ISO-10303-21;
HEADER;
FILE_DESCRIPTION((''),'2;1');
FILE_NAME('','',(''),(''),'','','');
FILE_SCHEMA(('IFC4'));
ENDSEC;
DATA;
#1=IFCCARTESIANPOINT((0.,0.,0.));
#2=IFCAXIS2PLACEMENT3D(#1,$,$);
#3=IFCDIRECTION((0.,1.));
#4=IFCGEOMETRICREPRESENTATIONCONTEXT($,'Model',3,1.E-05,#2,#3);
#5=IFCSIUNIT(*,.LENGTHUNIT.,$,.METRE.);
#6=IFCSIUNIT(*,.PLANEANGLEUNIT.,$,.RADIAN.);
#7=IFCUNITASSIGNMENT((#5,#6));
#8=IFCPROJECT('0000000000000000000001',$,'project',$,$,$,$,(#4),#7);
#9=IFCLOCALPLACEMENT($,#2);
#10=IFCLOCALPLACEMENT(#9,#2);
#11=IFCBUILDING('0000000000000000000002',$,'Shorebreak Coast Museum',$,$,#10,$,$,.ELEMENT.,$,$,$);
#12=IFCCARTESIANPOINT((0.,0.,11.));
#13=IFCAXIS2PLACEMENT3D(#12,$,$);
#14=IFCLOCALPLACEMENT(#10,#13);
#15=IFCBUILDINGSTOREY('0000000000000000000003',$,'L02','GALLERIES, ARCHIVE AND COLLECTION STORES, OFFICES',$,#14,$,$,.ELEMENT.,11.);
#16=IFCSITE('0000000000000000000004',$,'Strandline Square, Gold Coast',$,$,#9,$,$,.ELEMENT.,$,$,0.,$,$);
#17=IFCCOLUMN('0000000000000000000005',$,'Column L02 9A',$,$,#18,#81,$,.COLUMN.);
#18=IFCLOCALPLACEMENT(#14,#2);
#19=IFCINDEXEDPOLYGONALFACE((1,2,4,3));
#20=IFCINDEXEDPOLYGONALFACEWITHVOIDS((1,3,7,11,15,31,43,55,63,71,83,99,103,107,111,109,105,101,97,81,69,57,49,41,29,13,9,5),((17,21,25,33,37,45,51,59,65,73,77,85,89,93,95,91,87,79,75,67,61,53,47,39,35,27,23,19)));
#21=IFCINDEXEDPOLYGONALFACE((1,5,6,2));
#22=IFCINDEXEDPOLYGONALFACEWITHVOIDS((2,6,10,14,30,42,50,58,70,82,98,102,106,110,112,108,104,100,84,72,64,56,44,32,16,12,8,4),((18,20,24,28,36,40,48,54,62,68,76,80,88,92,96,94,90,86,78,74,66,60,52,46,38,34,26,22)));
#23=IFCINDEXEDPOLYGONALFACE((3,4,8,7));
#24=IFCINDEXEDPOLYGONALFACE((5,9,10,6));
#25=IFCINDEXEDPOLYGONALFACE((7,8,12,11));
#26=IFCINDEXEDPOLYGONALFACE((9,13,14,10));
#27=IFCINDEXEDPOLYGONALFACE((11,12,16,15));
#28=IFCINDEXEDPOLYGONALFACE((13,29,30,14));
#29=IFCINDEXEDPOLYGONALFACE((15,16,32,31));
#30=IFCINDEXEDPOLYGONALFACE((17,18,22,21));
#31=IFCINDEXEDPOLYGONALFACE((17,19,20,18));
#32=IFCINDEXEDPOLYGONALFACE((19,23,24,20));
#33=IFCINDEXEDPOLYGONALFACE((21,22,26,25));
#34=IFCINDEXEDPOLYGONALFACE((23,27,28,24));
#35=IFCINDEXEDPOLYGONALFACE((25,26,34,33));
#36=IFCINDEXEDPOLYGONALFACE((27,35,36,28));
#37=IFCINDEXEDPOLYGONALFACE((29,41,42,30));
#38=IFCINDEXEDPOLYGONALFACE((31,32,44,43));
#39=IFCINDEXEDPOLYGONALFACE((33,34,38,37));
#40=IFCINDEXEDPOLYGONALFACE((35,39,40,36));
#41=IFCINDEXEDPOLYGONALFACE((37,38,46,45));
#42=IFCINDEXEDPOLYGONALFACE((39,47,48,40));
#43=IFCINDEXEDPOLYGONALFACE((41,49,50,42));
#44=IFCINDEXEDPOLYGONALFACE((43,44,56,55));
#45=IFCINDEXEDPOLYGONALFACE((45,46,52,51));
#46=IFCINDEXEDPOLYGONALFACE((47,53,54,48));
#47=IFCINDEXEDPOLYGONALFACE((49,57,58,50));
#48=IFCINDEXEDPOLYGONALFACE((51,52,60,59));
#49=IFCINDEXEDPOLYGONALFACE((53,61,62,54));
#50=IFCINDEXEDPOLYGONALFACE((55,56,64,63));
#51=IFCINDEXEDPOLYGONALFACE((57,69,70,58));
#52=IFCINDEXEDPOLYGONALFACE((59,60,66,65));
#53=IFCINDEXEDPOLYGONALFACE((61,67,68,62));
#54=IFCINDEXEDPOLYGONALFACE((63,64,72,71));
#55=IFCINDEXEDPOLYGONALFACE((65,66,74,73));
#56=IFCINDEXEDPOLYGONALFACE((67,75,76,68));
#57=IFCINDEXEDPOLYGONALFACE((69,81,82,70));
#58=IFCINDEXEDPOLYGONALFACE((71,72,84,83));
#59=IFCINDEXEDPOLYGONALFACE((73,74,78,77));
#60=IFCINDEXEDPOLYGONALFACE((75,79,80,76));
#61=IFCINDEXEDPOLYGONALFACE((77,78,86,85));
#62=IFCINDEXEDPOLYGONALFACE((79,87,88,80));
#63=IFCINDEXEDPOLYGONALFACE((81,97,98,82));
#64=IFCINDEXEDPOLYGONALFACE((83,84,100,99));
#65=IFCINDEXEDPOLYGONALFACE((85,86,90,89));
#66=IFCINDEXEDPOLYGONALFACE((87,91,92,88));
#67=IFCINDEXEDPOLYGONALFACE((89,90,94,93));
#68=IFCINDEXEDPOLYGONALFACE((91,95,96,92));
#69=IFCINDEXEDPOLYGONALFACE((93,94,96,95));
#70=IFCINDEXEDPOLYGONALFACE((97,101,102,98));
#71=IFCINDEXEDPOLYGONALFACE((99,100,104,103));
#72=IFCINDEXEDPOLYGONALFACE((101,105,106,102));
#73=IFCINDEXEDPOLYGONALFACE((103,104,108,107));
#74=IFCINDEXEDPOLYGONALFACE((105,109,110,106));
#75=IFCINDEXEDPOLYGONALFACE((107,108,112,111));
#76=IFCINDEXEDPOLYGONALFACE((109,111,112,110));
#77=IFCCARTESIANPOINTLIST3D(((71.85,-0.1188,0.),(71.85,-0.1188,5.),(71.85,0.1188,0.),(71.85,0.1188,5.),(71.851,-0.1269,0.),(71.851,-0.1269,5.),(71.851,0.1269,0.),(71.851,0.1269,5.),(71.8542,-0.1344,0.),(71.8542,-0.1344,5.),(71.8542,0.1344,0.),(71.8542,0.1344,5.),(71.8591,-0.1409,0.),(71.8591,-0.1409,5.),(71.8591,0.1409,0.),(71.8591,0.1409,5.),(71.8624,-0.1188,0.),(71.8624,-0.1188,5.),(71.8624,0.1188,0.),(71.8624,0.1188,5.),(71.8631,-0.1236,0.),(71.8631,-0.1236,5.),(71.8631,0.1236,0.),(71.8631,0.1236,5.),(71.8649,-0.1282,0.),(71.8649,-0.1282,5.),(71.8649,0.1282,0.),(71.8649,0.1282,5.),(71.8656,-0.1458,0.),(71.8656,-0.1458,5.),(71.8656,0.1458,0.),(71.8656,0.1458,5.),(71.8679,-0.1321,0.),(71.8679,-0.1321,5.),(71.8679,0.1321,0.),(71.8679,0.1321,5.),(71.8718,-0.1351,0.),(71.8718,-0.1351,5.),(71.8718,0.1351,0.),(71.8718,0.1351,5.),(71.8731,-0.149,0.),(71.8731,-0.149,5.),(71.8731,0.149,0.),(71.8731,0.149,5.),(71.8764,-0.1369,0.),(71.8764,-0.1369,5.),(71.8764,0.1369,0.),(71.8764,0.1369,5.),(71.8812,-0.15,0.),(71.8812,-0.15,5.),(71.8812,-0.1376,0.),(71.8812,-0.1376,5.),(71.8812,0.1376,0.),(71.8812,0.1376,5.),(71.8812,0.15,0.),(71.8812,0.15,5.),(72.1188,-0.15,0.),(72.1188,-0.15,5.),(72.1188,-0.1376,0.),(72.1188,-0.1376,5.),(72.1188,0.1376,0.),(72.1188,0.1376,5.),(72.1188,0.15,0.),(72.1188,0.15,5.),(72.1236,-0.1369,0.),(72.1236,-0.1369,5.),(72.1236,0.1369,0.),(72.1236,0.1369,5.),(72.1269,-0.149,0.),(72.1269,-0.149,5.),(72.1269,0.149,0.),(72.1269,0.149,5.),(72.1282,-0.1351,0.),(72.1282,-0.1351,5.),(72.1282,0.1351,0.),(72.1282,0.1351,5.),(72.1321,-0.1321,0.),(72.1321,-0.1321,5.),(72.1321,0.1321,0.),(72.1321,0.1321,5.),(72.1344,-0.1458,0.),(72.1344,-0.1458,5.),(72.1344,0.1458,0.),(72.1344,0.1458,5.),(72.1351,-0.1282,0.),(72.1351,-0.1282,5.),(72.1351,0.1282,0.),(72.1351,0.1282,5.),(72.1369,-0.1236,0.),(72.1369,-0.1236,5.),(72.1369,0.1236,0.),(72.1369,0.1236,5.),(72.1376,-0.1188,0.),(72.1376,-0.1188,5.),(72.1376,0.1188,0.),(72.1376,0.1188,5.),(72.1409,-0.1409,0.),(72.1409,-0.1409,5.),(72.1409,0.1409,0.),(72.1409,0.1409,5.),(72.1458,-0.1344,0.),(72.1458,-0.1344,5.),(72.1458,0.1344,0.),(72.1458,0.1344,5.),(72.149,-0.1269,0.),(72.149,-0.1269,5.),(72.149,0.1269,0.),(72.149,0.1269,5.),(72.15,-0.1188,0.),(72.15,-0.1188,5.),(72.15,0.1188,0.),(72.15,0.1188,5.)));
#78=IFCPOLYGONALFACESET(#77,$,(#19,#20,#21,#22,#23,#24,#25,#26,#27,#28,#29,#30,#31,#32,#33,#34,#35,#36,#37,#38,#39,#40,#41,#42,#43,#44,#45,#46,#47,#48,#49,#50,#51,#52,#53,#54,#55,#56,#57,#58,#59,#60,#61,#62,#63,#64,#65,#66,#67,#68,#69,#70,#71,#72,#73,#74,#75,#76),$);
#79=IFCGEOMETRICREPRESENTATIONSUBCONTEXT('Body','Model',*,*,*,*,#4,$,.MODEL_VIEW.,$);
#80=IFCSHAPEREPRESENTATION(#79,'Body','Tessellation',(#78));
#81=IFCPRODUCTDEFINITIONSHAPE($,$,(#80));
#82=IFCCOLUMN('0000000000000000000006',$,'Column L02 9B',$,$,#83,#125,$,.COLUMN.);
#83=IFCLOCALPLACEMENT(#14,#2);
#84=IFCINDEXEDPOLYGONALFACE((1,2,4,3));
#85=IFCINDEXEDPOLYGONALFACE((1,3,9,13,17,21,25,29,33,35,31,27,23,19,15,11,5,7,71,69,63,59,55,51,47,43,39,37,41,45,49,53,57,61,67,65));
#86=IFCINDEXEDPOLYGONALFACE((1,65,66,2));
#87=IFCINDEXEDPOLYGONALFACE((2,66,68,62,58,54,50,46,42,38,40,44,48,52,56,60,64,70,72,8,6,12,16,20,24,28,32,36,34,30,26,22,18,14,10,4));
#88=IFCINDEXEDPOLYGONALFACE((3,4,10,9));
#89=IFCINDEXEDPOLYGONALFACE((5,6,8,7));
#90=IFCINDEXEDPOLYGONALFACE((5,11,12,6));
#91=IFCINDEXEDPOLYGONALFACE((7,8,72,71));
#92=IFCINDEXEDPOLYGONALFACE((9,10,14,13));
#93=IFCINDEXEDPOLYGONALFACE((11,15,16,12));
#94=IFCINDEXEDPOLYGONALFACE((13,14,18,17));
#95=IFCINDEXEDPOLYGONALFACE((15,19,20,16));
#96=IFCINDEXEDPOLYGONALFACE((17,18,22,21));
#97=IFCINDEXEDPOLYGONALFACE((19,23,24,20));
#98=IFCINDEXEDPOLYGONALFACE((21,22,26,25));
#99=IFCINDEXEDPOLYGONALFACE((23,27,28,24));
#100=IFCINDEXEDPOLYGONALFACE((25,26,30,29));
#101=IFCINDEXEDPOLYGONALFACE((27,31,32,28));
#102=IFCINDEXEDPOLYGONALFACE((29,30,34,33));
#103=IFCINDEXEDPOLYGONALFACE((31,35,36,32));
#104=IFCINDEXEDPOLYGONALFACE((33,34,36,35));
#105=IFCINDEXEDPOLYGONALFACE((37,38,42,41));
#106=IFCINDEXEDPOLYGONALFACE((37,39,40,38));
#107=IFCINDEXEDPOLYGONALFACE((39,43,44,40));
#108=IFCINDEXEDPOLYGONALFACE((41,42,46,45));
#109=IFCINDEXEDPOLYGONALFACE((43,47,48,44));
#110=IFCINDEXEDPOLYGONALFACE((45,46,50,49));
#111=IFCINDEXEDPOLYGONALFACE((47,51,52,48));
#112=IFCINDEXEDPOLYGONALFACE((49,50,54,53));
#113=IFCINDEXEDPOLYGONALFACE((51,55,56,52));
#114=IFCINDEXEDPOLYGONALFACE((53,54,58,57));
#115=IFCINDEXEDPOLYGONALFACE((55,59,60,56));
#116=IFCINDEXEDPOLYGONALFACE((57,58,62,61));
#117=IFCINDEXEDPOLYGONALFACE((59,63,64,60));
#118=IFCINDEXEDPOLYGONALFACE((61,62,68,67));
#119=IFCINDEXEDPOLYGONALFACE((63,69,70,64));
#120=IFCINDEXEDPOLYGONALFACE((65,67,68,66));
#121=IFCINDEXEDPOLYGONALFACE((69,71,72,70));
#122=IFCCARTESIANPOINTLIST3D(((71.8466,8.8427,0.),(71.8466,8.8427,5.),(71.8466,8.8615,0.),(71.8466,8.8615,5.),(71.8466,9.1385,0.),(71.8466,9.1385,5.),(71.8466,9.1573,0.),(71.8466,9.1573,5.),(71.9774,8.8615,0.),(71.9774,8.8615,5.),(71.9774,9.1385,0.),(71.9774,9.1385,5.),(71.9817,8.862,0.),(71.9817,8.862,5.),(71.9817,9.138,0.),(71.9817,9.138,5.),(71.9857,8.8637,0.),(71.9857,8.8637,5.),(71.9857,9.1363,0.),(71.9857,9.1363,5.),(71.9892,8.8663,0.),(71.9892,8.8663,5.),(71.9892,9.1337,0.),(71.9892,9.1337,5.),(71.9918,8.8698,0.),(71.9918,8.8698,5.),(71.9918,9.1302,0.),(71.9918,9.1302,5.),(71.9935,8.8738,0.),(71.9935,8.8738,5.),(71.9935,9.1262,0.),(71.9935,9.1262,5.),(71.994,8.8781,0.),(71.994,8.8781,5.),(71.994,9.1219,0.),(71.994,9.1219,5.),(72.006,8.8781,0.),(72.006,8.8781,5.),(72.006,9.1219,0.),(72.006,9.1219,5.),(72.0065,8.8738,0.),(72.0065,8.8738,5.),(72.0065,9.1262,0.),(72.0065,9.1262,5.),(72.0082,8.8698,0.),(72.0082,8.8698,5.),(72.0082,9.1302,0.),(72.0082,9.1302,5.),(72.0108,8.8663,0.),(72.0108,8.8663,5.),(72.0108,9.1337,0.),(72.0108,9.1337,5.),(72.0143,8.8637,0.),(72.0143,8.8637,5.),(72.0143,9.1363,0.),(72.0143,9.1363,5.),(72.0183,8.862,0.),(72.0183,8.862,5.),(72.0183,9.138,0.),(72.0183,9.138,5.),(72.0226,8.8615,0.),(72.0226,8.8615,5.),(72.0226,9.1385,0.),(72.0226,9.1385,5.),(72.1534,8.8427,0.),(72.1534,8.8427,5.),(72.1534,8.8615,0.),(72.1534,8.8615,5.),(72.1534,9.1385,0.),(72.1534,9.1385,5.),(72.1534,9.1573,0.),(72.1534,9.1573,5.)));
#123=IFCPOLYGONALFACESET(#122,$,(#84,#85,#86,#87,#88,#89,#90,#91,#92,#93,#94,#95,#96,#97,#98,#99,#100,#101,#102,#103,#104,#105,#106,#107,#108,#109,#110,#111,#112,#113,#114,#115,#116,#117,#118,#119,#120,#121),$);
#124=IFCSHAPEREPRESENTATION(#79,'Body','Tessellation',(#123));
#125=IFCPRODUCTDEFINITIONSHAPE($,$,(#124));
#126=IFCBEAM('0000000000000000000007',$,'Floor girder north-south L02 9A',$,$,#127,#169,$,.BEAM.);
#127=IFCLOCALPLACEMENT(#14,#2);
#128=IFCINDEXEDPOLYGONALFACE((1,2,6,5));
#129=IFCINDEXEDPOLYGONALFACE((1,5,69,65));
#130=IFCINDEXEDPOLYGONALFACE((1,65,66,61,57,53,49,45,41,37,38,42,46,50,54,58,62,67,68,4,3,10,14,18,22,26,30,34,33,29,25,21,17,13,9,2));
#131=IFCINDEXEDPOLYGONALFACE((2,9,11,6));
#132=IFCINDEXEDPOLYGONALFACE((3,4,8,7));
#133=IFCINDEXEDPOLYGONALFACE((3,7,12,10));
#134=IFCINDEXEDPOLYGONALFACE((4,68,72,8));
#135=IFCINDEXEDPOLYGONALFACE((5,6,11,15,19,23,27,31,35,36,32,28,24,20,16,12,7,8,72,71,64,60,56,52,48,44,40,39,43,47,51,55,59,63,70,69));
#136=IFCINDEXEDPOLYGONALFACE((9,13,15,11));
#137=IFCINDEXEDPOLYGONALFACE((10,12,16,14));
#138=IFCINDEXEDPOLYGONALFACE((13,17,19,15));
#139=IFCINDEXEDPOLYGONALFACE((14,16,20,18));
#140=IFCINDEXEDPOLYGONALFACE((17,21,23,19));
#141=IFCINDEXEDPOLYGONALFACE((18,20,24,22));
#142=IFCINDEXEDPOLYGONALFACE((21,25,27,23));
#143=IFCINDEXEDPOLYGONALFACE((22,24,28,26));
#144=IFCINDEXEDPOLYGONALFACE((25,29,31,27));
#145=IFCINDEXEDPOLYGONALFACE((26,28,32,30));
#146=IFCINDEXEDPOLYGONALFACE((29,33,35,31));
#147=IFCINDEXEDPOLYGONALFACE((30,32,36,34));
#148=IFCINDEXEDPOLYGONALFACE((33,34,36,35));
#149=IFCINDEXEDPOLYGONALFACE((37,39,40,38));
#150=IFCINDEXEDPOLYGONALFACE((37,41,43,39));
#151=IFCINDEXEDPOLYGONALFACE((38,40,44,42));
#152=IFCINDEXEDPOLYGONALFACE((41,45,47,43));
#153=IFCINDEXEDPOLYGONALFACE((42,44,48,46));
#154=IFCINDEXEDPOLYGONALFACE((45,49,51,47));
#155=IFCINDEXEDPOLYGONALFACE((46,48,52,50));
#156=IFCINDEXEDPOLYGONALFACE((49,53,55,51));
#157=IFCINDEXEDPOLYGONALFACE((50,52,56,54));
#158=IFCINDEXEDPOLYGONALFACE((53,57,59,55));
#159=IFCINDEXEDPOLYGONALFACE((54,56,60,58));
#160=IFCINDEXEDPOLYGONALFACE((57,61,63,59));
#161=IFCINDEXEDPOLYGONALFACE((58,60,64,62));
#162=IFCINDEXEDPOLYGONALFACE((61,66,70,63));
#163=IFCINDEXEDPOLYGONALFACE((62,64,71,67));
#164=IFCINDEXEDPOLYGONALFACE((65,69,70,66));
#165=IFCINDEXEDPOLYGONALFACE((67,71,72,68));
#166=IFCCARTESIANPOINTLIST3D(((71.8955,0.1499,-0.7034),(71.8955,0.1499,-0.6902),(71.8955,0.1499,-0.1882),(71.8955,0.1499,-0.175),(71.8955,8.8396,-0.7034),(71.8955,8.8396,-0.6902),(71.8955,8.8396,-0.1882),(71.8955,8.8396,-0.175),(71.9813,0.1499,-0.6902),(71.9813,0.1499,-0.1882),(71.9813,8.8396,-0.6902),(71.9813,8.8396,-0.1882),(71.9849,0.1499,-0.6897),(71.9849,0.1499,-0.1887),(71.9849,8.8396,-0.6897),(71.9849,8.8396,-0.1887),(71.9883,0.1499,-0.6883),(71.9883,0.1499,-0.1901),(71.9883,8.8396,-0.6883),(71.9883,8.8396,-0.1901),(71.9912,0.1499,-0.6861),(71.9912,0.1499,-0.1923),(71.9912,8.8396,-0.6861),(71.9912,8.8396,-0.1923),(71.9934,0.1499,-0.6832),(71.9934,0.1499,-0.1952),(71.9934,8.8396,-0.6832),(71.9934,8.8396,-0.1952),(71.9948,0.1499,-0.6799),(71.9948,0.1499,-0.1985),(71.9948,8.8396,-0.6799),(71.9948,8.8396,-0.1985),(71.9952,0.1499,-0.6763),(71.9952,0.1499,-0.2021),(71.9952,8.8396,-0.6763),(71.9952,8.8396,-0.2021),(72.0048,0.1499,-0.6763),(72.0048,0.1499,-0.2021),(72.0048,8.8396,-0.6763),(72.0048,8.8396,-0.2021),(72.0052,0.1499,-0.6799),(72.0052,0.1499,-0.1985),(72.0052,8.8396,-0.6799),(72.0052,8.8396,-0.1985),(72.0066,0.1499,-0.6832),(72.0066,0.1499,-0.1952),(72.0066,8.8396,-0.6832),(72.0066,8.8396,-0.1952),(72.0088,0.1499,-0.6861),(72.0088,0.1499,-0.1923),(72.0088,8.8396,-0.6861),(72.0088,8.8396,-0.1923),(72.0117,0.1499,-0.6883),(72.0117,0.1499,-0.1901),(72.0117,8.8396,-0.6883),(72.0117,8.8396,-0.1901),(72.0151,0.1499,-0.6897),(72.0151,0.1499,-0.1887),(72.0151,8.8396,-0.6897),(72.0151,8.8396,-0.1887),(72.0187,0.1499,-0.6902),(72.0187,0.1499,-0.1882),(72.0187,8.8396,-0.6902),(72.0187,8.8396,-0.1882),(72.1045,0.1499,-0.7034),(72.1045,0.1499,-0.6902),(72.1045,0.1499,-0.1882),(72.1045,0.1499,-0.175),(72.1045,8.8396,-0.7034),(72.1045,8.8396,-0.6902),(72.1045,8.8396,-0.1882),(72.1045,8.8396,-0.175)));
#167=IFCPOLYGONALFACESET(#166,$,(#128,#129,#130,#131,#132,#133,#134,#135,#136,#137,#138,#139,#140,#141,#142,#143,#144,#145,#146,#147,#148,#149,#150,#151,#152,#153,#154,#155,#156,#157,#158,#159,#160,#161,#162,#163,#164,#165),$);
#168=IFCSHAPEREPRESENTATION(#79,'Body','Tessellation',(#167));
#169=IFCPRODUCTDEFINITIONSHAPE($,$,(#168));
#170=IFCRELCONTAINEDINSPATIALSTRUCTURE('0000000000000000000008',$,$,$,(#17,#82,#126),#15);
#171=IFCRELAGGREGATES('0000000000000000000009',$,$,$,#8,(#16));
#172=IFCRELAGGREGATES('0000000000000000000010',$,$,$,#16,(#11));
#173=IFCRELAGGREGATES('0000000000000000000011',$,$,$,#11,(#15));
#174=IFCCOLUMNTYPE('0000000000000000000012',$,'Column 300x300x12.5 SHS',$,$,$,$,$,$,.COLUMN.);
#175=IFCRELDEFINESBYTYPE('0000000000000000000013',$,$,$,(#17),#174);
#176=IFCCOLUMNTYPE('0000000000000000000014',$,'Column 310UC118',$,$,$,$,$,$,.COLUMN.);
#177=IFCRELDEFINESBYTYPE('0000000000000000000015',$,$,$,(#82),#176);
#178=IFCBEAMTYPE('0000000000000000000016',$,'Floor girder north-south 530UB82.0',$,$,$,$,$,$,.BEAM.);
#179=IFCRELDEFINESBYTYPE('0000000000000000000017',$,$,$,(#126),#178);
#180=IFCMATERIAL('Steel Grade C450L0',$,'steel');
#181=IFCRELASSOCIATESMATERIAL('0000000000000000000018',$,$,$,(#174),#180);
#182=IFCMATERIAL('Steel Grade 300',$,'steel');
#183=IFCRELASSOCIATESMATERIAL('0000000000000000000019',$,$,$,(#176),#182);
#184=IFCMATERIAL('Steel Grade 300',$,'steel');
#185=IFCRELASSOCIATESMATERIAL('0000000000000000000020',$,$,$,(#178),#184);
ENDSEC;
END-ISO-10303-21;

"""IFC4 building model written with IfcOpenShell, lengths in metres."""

from ifc_helpers import new_model, si_unit, direction, frame, origin, origin_2d, place, context, subcontext, project, spatial, hollow_rectangle, i_section, extrude, material, material_profile, profile_set, type_object, element, save


model = new_model("IFC4")

# Units and contexts
model_context = context("Model", 3, precision=1e-05, world=origin(), true_north=direction((0.0, 1.0)))
body_context = subcontext(model_context, "Body", "Model", "MODEL_VIEW")
ifc_project = project(units=[si_unit("LENGTHUNIT", "METRE"), si_unit("PLANEANGLEUNIT", "RADIAN")], contexts=[model_context])

# Site, building, storey
site_placement = place(None, origin())
site = spatial("IfcSite", under=ifc_project, at=site_placement, Name="Strandline Square, Gold Coast", CompositionType="ELEMENT", RefElevation=0.0)
building_placement = place(site_placement, origin())
building = spatial("IfcBuilding", under=site, at=building_placement, Name="Shorebreak Coast Museum", CompositionType="ELEMENT")
storey_placement = place(building_placement, frame((0.0, 0.0, 11.0)))
storey = spatial("IfcBuildingStorey", under=building, at=storey_placement, Name="L02", Description="GALLERIES, ARCHIVE AND COLLECTION STORES, OFFICES", CompositionType="ELEMENT", Elevation=11.0)

# Columns
ifc_material_1 = material(Name="Steel Grade C450L0", Category="steel")
ifc_material_profile_1 = material_profile(ifc_material_1, hollow_rectangle(XDim=0.3, YDim=0.3, WallThickness=0.0125, InnerFilletRadius=0.0188, OuterFilletRadius=0.0312, at=origin_2d()), Name="300x300x12.5 SHS")
ifc_profile_set_1 = profile_set([ifc_material_profile_1], Name="Steel Grade C450L0")
column_type_1 = type_object("IfcColumnType", Name="Column 300x300x12.5 SHS", PredefinedType="COLUMN", material=ifc_profile_set_1)
column_1_placement = place(storey_placement, frame((72.0, 0.0, 0.0), z_axis=(0.0, 0.0, 1.0), x_axis=(1.0, 0.0, 0.0)))
element("IfcColumn", 1, at=column_1_placement, inside=storey, type_object=column_type_1, Name="Column L02 9A", PredefinedType="COLUMN", context=body_context, shape_type="SweptSolid", body=[
    extrude(hollow_rectangle(XDim=0.3, YDim=0.3, WallThickness=0.0125, InnerFilletRadius=0.0188, OuterFilletRadius=0.0312, at=origin_2d()), origin(), (0.0, 0.0, 1.0), 5.0),
])
ifc_material_2 = material(Name="Steel Grade 300", Category="steel")
ifc_material_profile_2 = material_profile(ifc_material_2, i_section(OverallWidth=0.3069, OverallDepth=0.3147, WebThickness=0.012, FlangeThickness=0.0188, FilletRadius=0.0166, at=origin_2d()), Name="310UC118")
ifc_profile_set_2 = profile_set([ifc_material_profile_2], Name="Steel Grade 300")
column_type_2 = type_object("IfcColumnType", Name="Column 310UC118", PredefinedType="COLUMN", material=ifc_profile_set_2)
column_2_placement = place(storey_placement, frame((72.0, 9.0, 0.0), z_axis=(0.0, 0.0, 1.0), x_axis=(1.0, 0.0, 0.0)))
element("IfcColumn", 2, at=column_2_placement, inside=storey, type_object=column_type_2, Name="Column L02 9B", PredefinedType="COLUMN", context=body_context, shape_type="SweptSolid", body=[
    extrude(i_section(OverallWidth=0.3069, OverallDepth=0.3147, WebThickness=0.012, FlangeThickness=0.0188, FilletRadius=0.0166, at=origin_2d()), origin(), (0.0, 0.0, 1.0), 5.0),
])

# Beam
ifc_material_3 = material(Name="Steel Grade 300", Category="steel")
ifc_material_profile_3 = material_profile(ifc_material_3, i_section(OverallWidth=0.209, OverallDepth=0.5283, WebThickness=0.0095, FlangeThickness=0.0132, FilletRadius=0.0139, at=origin_2d()), Name="530UB82.0")
ifc_profile_set_3 = profile_set([ifc_material_profile_3], Name="Steel Grade 300")
beam_type_1 = type_object("IfcBeamType", Name="Floor girder north-south 530UB82.0", PredefinedType="BEAM", material=ifc_profile_set_3)
beam_1_placement = place(storey_placement, frame((72.0, 0.1499, -0.4392), z_axis=(0.0, 1.0, 0.0), x_axis=(-1.0, 0.0, 0.0)))
element("IfcBeam", 3, at=beam_1_placement, inside=storey, type_object=beam_type_1, Name="Floor girder north-south L02 9A", PredefinedType="BEAM", context=body_context, shape_type="SweptSolid", body=[
    extrude(i_section(OverallWidth=0.209, OverallDepth=0.5283, WebThickness=0.0095, FlangeThickness=0.0132, FilletRadius=0.0139, at=origin_2d()), origin(), (0.0, 0.0, 1.0), 8.6897),
])

save(model, "model.ifc")
